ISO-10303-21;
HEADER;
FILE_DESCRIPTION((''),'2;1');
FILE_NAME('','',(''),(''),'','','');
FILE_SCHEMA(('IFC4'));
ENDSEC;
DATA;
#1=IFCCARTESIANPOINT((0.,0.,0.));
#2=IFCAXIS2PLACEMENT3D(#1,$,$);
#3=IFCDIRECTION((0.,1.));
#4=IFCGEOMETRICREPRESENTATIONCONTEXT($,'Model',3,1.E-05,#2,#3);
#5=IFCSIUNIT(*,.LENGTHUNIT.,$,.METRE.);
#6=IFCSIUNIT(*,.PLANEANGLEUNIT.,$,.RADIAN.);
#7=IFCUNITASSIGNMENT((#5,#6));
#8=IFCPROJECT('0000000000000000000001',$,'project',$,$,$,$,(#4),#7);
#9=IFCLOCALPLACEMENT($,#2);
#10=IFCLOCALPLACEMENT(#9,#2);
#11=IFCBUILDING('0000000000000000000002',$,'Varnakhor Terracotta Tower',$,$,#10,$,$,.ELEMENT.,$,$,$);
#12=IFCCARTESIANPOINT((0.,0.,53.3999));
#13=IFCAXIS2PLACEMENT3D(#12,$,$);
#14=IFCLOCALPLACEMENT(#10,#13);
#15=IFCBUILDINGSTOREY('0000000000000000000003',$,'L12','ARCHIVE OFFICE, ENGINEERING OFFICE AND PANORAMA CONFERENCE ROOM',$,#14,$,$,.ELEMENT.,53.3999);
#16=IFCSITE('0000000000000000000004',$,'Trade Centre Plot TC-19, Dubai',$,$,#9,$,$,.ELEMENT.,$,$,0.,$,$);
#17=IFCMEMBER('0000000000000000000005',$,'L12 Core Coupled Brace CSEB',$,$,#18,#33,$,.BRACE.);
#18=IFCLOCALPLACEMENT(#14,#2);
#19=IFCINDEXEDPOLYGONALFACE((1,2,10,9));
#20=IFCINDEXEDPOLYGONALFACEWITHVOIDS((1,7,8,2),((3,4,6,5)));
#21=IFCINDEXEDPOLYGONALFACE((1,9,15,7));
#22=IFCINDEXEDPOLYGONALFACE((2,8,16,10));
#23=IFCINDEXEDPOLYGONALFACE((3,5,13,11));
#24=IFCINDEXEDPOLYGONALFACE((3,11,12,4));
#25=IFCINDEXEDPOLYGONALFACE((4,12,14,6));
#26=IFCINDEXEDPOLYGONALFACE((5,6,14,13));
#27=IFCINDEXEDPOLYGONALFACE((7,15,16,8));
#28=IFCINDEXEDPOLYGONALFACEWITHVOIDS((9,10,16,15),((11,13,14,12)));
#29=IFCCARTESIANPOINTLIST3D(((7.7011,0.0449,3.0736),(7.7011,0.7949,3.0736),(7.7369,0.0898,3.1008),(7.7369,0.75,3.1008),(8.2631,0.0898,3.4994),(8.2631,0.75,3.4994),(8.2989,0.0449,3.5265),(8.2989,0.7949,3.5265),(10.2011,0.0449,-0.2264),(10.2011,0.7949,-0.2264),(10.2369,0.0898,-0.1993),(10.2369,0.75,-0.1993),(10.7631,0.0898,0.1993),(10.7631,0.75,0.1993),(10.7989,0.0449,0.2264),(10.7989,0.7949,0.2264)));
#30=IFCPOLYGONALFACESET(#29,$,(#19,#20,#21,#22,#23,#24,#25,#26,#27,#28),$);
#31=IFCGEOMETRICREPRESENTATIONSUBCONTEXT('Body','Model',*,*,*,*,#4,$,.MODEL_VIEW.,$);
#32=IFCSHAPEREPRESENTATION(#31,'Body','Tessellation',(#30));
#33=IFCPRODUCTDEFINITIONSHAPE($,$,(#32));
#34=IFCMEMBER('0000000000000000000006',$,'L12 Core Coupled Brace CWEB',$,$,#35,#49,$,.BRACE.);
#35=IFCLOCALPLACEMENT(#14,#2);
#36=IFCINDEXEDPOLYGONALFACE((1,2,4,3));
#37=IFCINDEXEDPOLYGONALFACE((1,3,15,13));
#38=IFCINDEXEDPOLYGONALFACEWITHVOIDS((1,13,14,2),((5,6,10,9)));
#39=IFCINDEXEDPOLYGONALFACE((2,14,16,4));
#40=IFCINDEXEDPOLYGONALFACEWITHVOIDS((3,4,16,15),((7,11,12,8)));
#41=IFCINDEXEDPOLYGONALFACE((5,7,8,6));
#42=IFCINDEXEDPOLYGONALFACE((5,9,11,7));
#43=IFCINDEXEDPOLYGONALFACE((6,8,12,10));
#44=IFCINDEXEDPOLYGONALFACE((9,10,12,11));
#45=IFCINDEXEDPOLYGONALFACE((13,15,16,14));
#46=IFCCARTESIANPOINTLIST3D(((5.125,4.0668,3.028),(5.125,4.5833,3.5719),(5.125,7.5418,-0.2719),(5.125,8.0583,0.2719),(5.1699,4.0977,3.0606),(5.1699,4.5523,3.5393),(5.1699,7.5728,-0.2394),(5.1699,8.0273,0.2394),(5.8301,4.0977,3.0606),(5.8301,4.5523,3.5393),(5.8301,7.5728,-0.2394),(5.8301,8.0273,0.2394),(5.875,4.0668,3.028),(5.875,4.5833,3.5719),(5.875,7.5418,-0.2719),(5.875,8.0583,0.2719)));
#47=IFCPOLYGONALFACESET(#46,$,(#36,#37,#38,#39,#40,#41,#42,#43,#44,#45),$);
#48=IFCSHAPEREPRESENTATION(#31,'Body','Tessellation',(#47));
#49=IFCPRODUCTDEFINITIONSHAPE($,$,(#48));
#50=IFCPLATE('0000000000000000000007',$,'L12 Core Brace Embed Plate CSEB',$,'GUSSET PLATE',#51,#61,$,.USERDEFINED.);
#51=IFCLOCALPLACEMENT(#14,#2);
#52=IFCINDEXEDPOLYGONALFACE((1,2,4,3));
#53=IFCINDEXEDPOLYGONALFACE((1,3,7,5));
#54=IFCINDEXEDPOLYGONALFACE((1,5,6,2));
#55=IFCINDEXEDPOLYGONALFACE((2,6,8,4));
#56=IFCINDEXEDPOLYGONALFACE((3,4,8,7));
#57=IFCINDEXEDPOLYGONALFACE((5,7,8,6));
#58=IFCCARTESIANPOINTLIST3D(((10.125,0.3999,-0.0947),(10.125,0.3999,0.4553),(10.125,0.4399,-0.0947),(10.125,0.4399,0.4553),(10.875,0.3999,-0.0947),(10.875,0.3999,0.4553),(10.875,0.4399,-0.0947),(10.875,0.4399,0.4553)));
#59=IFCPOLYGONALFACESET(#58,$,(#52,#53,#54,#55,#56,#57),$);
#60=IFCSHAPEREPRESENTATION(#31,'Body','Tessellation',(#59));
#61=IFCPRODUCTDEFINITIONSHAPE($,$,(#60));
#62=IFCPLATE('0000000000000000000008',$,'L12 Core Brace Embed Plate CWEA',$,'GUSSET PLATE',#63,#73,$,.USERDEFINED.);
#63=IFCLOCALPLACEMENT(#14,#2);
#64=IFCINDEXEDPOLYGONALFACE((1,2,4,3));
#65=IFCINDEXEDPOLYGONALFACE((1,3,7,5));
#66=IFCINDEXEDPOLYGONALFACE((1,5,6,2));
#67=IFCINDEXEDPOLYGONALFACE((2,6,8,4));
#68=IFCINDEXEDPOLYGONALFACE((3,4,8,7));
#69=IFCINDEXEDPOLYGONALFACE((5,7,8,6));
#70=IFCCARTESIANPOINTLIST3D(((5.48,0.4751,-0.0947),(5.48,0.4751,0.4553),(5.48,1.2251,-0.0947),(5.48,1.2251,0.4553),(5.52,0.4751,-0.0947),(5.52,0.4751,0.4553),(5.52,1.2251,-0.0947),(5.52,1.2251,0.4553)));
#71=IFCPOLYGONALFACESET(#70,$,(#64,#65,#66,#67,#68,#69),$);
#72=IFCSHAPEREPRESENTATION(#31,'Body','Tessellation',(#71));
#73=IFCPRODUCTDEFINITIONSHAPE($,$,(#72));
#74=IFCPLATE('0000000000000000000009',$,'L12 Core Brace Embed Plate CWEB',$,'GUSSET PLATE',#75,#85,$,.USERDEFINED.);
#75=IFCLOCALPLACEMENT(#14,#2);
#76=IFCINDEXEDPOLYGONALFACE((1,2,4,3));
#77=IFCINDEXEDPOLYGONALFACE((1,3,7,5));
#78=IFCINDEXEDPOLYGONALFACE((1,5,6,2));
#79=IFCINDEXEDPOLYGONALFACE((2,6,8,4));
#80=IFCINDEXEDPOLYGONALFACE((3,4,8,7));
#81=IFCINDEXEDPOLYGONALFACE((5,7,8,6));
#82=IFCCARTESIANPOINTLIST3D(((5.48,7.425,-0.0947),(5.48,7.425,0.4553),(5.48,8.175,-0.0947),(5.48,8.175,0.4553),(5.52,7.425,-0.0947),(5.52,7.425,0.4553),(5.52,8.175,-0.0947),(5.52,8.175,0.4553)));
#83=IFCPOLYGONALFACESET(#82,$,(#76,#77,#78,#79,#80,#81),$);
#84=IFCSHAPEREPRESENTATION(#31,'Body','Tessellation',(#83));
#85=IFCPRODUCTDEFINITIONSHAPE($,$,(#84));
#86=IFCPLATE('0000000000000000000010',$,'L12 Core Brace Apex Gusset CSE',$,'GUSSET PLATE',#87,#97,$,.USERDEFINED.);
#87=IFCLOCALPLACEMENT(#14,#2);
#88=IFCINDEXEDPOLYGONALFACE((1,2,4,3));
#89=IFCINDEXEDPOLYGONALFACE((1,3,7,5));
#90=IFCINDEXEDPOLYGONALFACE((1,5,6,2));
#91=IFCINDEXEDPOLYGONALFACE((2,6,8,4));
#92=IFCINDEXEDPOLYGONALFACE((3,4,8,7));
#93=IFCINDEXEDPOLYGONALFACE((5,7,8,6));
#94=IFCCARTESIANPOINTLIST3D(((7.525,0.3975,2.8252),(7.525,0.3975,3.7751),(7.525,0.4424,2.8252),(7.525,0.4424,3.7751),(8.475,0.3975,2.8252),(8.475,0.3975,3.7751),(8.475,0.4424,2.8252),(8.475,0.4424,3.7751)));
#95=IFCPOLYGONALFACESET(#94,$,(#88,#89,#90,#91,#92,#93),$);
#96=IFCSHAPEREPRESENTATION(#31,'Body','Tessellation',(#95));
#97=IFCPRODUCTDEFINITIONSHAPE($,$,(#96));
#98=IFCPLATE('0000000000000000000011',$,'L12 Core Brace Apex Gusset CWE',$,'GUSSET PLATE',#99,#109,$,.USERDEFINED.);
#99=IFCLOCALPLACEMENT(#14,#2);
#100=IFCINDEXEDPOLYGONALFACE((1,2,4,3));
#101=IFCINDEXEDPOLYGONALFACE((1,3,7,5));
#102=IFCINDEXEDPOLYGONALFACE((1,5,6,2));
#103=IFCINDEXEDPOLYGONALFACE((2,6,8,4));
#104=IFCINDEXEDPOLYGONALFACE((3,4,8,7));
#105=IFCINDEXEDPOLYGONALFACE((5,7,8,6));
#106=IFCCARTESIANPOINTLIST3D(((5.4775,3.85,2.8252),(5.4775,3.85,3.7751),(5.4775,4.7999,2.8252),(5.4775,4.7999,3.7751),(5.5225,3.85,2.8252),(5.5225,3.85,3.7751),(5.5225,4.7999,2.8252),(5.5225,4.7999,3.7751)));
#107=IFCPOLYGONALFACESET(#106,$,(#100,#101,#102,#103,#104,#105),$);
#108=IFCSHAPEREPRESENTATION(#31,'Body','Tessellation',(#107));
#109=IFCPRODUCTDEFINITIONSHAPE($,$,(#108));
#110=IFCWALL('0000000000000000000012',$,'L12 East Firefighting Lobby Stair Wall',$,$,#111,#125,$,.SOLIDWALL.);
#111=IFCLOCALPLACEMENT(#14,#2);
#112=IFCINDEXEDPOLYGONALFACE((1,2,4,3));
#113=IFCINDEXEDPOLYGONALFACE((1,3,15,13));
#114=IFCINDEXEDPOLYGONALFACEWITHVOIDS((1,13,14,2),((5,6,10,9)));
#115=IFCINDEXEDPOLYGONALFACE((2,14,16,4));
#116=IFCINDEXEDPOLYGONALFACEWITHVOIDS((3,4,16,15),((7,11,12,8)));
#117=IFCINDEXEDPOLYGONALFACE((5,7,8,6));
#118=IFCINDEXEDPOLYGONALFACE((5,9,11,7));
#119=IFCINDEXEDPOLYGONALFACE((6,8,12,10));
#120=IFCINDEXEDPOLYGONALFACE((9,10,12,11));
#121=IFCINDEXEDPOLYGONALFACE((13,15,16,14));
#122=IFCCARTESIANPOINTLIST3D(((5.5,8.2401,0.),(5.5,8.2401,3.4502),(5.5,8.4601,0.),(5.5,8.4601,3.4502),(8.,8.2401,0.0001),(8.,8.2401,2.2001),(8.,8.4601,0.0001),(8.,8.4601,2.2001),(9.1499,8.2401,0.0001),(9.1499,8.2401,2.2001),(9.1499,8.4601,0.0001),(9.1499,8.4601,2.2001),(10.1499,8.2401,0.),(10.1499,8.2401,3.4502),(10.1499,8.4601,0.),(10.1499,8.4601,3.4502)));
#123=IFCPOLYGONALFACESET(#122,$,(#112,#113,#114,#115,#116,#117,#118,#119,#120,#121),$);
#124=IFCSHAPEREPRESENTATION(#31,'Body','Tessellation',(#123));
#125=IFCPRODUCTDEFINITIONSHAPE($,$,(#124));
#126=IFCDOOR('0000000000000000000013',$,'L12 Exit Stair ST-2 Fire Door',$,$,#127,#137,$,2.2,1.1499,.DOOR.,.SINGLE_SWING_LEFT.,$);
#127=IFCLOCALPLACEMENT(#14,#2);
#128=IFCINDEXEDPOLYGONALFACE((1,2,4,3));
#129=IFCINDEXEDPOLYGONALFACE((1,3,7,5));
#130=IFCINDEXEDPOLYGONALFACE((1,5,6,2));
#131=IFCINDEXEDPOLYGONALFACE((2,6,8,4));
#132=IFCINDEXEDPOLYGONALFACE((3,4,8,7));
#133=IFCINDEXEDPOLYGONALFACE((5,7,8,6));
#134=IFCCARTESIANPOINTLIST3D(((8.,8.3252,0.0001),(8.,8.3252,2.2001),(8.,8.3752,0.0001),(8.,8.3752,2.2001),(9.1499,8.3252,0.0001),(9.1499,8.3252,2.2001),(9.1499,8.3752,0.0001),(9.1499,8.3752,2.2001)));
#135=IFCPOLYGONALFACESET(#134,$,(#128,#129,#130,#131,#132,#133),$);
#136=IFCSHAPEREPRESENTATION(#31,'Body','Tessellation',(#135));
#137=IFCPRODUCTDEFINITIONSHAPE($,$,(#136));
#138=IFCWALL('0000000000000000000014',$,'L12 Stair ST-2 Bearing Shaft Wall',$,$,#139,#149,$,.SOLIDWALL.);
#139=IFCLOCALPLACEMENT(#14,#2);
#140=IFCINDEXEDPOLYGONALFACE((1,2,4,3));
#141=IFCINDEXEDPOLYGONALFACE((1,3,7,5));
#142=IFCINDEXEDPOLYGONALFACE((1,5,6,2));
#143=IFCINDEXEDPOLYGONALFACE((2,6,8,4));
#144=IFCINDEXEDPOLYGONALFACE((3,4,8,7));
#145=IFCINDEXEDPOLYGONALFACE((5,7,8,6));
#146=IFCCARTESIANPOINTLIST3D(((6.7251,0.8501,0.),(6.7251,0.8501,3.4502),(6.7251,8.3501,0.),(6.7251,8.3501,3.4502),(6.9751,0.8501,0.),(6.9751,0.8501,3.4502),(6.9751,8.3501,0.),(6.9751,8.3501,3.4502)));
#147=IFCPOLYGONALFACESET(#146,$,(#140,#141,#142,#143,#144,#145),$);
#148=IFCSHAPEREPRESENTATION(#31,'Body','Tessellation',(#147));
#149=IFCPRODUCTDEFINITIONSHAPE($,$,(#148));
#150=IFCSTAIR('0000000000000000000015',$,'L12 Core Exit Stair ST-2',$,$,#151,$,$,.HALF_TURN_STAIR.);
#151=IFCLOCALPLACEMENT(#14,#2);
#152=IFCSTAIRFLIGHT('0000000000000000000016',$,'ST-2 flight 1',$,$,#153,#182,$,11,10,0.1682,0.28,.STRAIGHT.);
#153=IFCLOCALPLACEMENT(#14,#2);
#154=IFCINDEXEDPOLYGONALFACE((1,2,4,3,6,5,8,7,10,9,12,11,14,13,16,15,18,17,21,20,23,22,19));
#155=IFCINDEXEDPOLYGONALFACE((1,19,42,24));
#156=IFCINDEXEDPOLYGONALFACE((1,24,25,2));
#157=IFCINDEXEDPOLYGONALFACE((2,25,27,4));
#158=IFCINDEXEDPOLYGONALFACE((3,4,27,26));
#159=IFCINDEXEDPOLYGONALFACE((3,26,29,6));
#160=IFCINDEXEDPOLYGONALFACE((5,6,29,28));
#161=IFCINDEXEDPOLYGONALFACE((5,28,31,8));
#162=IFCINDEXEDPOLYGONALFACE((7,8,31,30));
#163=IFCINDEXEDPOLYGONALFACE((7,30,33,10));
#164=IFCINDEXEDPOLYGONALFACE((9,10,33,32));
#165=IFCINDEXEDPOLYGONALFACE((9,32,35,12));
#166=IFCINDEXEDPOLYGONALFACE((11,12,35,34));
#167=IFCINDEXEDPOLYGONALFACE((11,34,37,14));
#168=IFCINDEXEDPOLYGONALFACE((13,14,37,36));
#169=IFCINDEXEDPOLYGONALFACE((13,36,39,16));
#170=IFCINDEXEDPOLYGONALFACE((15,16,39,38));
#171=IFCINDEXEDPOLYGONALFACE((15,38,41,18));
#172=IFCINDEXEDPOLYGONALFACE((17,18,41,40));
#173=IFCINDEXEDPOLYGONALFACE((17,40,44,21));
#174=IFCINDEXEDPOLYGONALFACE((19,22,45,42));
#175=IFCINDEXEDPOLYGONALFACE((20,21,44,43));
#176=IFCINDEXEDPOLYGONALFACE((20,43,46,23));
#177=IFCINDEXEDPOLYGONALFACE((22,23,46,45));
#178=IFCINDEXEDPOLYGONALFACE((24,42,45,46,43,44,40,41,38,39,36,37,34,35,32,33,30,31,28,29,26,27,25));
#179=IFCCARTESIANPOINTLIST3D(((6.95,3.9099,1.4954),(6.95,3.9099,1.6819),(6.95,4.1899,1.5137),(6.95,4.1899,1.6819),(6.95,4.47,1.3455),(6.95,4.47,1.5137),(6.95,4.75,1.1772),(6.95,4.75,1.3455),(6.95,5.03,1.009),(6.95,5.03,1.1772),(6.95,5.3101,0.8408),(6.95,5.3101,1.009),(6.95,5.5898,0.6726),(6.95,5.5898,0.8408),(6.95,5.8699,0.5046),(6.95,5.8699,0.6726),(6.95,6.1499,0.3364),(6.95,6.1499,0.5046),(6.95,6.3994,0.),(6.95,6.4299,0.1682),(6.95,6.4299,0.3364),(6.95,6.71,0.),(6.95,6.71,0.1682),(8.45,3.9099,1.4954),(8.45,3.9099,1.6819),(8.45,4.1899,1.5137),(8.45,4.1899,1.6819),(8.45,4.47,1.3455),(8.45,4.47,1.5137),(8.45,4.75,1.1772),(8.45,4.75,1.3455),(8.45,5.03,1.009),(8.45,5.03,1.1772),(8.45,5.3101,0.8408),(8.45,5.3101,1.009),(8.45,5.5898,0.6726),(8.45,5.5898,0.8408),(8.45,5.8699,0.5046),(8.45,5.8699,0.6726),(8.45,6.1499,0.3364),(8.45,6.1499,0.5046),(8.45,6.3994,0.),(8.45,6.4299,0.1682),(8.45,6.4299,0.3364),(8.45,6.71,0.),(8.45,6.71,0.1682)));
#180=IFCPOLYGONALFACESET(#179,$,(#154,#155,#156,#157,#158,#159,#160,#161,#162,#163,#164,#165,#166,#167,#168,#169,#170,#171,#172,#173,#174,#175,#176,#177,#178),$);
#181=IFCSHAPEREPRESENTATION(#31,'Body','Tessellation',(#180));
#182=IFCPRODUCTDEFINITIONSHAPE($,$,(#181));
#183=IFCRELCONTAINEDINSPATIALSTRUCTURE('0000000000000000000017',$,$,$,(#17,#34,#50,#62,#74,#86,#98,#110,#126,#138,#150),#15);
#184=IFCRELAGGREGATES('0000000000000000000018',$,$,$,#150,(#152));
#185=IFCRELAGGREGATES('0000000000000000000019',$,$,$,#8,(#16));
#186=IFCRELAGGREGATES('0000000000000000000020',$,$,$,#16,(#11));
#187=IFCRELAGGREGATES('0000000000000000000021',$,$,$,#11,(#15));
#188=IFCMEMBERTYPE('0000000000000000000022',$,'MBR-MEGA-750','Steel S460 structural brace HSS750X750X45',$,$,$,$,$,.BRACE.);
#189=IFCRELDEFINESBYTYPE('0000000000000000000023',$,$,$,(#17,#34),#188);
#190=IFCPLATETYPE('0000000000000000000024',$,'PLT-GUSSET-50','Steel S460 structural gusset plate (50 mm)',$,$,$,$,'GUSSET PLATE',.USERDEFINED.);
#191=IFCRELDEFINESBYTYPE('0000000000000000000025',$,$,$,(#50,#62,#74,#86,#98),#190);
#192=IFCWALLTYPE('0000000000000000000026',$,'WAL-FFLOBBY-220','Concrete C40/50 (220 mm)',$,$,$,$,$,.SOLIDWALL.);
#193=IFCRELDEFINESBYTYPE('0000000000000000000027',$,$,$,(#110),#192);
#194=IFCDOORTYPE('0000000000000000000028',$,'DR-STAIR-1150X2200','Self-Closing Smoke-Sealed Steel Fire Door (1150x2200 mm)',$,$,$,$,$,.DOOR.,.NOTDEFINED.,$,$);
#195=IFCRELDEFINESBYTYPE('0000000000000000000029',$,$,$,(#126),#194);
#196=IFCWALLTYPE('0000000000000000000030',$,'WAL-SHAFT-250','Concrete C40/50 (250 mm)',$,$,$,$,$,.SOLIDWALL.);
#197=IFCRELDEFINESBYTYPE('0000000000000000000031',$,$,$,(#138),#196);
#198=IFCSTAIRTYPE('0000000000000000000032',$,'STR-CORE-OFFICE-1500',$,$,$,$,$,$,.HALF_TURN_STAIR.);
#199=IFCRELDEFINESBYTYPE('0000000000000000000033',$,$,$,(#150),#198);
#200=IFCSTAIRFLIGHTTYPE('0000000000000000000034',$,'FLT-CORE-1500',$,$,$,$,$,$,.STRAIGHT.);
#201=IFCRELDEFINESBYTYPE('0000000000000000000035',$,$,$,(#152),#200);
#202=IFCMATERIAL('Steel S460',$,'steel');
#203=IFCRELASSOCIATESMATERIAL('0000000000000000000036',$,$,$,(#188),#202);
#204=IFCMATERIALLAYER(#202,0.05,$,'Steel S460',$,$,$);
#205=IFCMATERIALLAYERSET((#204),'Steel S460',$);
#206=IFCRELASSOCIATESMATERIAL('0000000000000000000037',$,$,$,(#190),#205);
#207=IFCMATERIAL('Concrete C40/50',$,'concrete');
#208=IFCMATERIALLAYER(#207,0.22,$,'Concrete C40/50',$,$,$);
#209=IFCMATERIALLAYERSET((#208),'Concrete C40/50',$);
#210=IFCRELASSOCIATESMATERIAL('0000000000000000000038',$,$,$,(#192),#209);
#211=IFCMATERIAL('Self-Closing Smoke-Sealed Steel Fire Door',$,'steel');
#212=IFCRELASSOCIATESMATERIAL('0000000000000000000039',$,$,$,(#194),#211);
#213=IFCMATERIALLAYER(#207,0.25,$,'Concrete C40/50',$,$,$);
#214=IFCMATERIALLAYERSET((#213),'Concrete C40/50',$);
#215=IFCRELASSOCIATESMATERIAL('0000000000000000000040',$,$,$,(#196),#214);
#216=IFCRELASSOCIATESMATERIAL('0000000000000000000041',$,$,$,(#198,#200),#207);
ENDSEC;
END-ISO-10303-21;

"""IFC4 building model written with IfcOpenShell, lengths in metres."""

from ifc_helpers import new_model, si_unit, direction, frame, frame_2d, origin, origin_2d, place, context, subcontext, project, spatial, polyline, rectangle, hollow_rectangle, outline, extrude, source, transform, mapped, material, layer, layer_set, material_profile, profile_set, type_object, type_shapes, element, fill, aggregate, save


model = new_model("IFC4")

# Units and contexts
model_context = context("Model", 3, precision=1e-05, world=origin(), true_north=direction((0.0, 1.0)))
body_context = subcontext(model_context, "Body", "Model", "MODEL_VIEW")
ifc_project = project(units=[si_unit("LENGTHUNIT", "METRE"), si_unit("PLANEANGLEUNIT", "RADIAN")], contexts=[model_context])

# Site, building, storey
site_placement = place(None, origin())
site = spatial("IfcSite", under=ifc_project, at=site_placement, Name="Trade Centre Plot TC-19, Dubai", CompositionType="ELEMENT", RefElevation=0.0)
building_placement = place(site_placement, origin())
building = spatial("IfcBuilding", under=site, at=building_placement, Name="Varnakhor Terracotta Tower", CompositionType="ELEMENT")
storey_placement = place(building_placement, frame((0.0, 0.0, 53.3999)))
storey = spatial("IfcBuildingStorey", under=building, at=storey_placement, Name="L12", Description="ARCHIVE OFFICE, ENGINEERING OFFICE AND PANORAMA CONFERENCE ROOM", CompositionType="ELEMENT", Elevation=53.3999)

# Members
ifc_material_1 = material(Name="Steel S460", Category="steel")
ifc_material_profile = material_profile(ifc_material_1, hollow_rectangle(XDim=0.75, YDim=0.75, WallThickness=0.0449, at=origin_2d()), Name="HSS750X750X45")
ifc_profile_set = profile_set([ifc_material_profile], Name="Steel S460")
member_type = type_object("IfcMemberType", Name="MBR-MEGA-750", Description="Steel S460 structural brace HSS750X750X45", PredefinedType="BRACE", material=ifc_profile_set)
shared_shape_1 = source(origin(), body_context, "Body", "SweptSolid", [
    extrude(hollow_rectangle(XDim=0.75, YDim=0.75, WallThickness=0.0449, at=origin_2d()), origin(), (0.0, 0.0, 1.0), 4.1401),
])
type_shapes(member_type, [shared_shape_1])
member_1_placement = place(storey_placement, frame((10.5, 0.4199, 0.0), z_axis=(-0.603852, 0.0, 0.797096), x_axis=(0.0, -1.0, 0.0)))
element("IfcMember", 1, at=member_1_placement, inside=storey, type_object=member_type, Name="L12 Core Coupled Brace CSEB", PredefinedType="BRACE", context=body_context, shape_type="MappedRepresentation", body=[
    mapped(shared_shape_1, transform((0.0, 0.0, 0.0), scale=1.0)),
])
shared_shape_2 = source(origin(), body_context, "Body", "SweptSolid", [
    extrude(hollow_rectangle(XDim=0.75, YDim=0.75, WallThickness=0.0449, at=origin_2d()), origin(), (0.0, 0.0, 1.0), 4.7922),
])
member_2_placement = place(storey_placement, frame((5.5, 7.8, 0.0), z_axis=(0.0, -0.725134, 0.688608), x_axis=(1.0, 0.0, 0.0)))
element("IfcMember", 2, at=member_2_placement, inside=storey, type_object=member_type, Name="L12 Core Coupled Brace CWEB", PredefinedType="BRACE", context=body_context, shape_type="MappedRepresentation", body=[
    mapped(shared_shape_2, transform((0.0, 0.0, 0.0), scale=1.0)),
])

# Plates
ifc_layer_1 = layer(ifc_material_1, 0.05, Name="Steel S460")
ifc_layer_set_1 = layer_set([ifc_layer_1], Name="Steel S460")
plate_type = type_object("IfcPlateType", Name="PLT-GUSSET-50", Description="Steel S460 structural gusset plate (50 mm)", ElementType="GUSSET PLATE", PredefinedType="USERDEFINED", material=ifc_layer_set_1)
shared_shape_3 = source(origin(), body_context, "Body", "SweptSolid", [
    extrude(rectangle(XDim=0.75, YDim=0.04, at=origin_2d()), origin(), (0.0, 0.0, 1.0), 0.55),
])
type_shapes(plate_type, [shared_shape_3])
for number, where, z_axis, x_axis, name in (
    (3, (10.5, 0.4199, -0.0947), (0.0, 0.0, 1.0), (1.0, 0.0, 0.0), "L12 Core Brace Embed Plate CSEB"),
    (4, (5.5, 0.8501, -0.0947), (0.0, 0.0, 1.0), (0.0, 1.0, 0.0), "L12 Core Brace Embed Plate CWEA"),
    (5, (5.5, 7.8, -0.0947), (0.0, 0.0, 1.0), (0.0, 1.0, 0.0), "L12 Core Brace Embed Plate CWEB"),
):
    element("IfcPlate", number, at=place(storey_placement, frame(where, z_axis=z_axis, x_axis=x_axis)), inside=storey, type_object=plate_type, Name=name, ObjectType="GUSSET PLATE", PredefinedType="USERDEFINED", context=body_context, shape_type="MappedRepresentation", body=[
        mapped(shared_shape_3, transform((0.0, 0.0, 0.0), scale=1.0)),
    ])
shared_shape_4 = source(origin(), body_context, "Body", "SweptSolid", [
    extrude(rectangle(XDim=0.95, YDim=0.0449, at=origin_2d()), origin(), (0.0, 0.0, 1.0), 0.95),
])
for number, where, z_axis, x_axis, name in (
    (6, (8.0, 0.4199, 2.8252), (0.0, 0.0, 1.0), (1.0, 0.0, 0.0), "L12 Core Brace Apex Gusset CSE"),
    (7, (5.5, 4.325, 2.8252), (0.0, 0.0, 1.0), (0.0, 1.0, 0.0), "L12 Core Brace Apex Gusset CWE"),
):
    element("IfcPlate", number, at=place(storey_placement, frame(where, z_axis=z_axis, x_axis=x_axis)), inside=storey, type_object=plate_type, Name=name, ObjectType="GUSSET PLATE", PredefinedType="USERDEFINED", context=body_context, shape_type="MappedRepresentation", body=[
        mapped(shared_shape_4, transform((0.0, 0.0, 0.0), scale=1.0)),
    ])

# Wall, opening, door
ifc_material_2 = material(Name="Concrete C40/50", Category="concrete")
ifc_layer_2 = layer(ifc_material_2, 0.22, Name="Concrete C40/50")
ifc_layer_set_2 = layer_set([ifc_layer_2], Name="Concrete C40/50")
wall_type_1 = type_object("IfcWallType", Name="WAL-FFLOBBY-220", Description="Concrete C40/50 (220 mm)", PredefinedType="SOLIDWALL", material=ifc_layer_set_2)
wall_1_placement = place(storey_placement, frame((10.1499, 8.3501, 0.0), z_axis=(0.0, 0.0, 1.0), x_axis=(-1.0, 0.0, 0.0)))
wall_1 = element("IfcWall", 8, at=wall_1_placement, inside=storey, type_object=wall_type_1, Name="L12 East Firefighting Lobby Stair Wall", PredefinedType="SOLIDWALL", context=body_context, shape_type="SweptSolid", body=[
    extrude(rectangle(XDim=4.6499, YDim=0.22, at=frame_2d((2.325, 0.0))), origin(), (0.0, 0.0, 1.0), 3.4502),
])
opening_placement = place(wall_1_placement, frame((1.0, 0.0, 0.0)))
opening = element("IfcOpeningElement", 9, at=opening_placement, cuts=wall_1, PredefinedType="OPENING", context=body_context, shape_type="SweptSolid", body=[
    extrude(rectangle(XDim=1.1499, YDim=2.2, at=frame_2d((0.575, 1.1001))), frame((0.0, 0.1201, 0.0), z_axis=(0.0, -1.0, 0.0), x_axis=(1.0, 0.0, 0.0)), (0.0, 0.0, 1.0), 0.24),
])
ifc_material_3 = material(Name="Self-Closing Smoke-Sealed Steel Fire Door", Category="steel")
door_type = type_object("IfcDoorType", Name="DR-STAIR-1150X2200", Description="Self-Closing Smoke-Sealed Steel Fire Door (1150x2200 mm)", OperationType="NOTDEFINED", PredefinedType="DOOR", material=ifc_material_3)
shared_shape_5 = source(origin(), body_context, "Body", "SweptSolid", [
    extrude(rectangle(XDim=1.1499, YDim=2.2, at=frame_2d((0.575, 1.1001))), frame((0.0, 0.0249, 0.0), z_axis=(0.0, -1.0, 0.0), x_axis=(1.0, 0.0, 0.0)), (0.0, 0.0, 1.0), 0.05),
])
type_shapes(door_type, [shared_shape_5])
door_placement = place(opening_placement, origin())
door = element("IfcDoor", 10, at=door_placement, inside=storey, type_object=door_type, Name="L12 Exit Stair ST-2 Fire Door", OperationType="SINGLE_SWING_LEFT", OverallHeight=2.2, OverallWidth=1.1499, PredefinedType="DOOR", context=body_context, shape_type="MappedRepresentation", body=[
    mapped(shared_shape_5, transform((0.0, 0.0, 0.0), scale=1.0)),
])
fill(opening, door)

# Wall
ifc_layer_3 = layer(ifc_material_2, 0.25, Name="Concrete C40/50")
ifc_layer_set_3 = layer_set([ifc_layer_3], Name="Concrete C40/50")
wall_type_2 = type_object("IfcWallType", Name="WAL-SHAFT-250", Description="Concrete C40/50 (250 mm)", PredefinedType="SOLIDWALL", material=ifc_layer_set_3)
wall_2_placement = place(storey_placement, frame((6.8501, 0.8501, 0.0), z_axis=(0.0, 0.0, 1.0), x_axis=(0.0, 1.0, 0.0)))
element("IfcWall", 11, at=wall_2_placement, inside=storey, type_object=wall_type_2, Name="L12 Stair ST-2 Bearing Shaft Wall", PredefinedType="SOLIDWALL", context=body_context, shape_type="SweptSolid", body=[
    extrude(rectangle(XDim=7.5, YDim=0.25, at=frame_2d((3.75, 0.0))), origin(), (0.0, 0.0, 1.0), 3.4502),
])

# Stair, stair flight
stair_type = type_object("IfcStairType", Name="STR-CORE-OFFICE-1500", PredefinedType="HALF_TURN_STAIR", material=ifc_material_2)
stair_placement = place(storey_placement, origin())
stair = element("IfcStair", 12, at=stair_placement, inside=storey, type_object=stair_type, Name="L12 Core Exit Stair ST-2", PredefinedType="HALF_TURN_STAIR")
stair_flight_type = type_object("IfcStairFlightType", Name="FLT-CORE-1500", PredefinedType="STRAIGHT", material=ifc_material_2)
stair_flight_1_placement = place(storey_placement, frame((7.7, 6.71, 0.0), z_axis=(0.0, 0.0, 1.0), x_axis=(0.0, -1.0, 0.0)))
stair_flight_1 = element("IfcStairFlight", 13, at=stair_flight_1_placement, type_object=stair_flight_type, Name="ST-2 flight 1", NumberOfRisers=11, NumberOfTreads=10, PredefinedType="STRAIGHT", RiserHeight=0.1682, TreadLength=0.28, context=body_context, shape_type="SweptSolid", body=[
    extrude(outline(polyline([(0.0, 0.0), (0.0, 0.1682), (0.28, 0.1682), (0.28, 0.3364), (0.5601, 0.3364), (0.5601, 0.5046), (0.8401, 0.5046), (0.8401, 0.6726), (1.1201, 0.6726), (1.1201, 0.8408), (1.3999, 0.8408), (1.3999, 1.009), (1.6799, 1.009), (1.6799, 1.1772), (1.96, 1.1772), (1.96, 1.3455), (2.24, 1.3455), (2.24, 1.5137), (2.52, 1.5137), (2.52, 1.6819), (2.8, 1.6819), (2.8, 1.8501), (2.8, 1.4954), (0.3105, 0.0), (0.0, 0.0)])), frame((0.0, 0.75, 0.0), z_axis=(0.0, -1.0, 0.0), x_axis=(1.0, 0.0, 0.0)), (0.0, 0.0, 1.0), 1.5),
])
aggregate(stair, [stair_flight_1])

save(model, "model.ifc")
